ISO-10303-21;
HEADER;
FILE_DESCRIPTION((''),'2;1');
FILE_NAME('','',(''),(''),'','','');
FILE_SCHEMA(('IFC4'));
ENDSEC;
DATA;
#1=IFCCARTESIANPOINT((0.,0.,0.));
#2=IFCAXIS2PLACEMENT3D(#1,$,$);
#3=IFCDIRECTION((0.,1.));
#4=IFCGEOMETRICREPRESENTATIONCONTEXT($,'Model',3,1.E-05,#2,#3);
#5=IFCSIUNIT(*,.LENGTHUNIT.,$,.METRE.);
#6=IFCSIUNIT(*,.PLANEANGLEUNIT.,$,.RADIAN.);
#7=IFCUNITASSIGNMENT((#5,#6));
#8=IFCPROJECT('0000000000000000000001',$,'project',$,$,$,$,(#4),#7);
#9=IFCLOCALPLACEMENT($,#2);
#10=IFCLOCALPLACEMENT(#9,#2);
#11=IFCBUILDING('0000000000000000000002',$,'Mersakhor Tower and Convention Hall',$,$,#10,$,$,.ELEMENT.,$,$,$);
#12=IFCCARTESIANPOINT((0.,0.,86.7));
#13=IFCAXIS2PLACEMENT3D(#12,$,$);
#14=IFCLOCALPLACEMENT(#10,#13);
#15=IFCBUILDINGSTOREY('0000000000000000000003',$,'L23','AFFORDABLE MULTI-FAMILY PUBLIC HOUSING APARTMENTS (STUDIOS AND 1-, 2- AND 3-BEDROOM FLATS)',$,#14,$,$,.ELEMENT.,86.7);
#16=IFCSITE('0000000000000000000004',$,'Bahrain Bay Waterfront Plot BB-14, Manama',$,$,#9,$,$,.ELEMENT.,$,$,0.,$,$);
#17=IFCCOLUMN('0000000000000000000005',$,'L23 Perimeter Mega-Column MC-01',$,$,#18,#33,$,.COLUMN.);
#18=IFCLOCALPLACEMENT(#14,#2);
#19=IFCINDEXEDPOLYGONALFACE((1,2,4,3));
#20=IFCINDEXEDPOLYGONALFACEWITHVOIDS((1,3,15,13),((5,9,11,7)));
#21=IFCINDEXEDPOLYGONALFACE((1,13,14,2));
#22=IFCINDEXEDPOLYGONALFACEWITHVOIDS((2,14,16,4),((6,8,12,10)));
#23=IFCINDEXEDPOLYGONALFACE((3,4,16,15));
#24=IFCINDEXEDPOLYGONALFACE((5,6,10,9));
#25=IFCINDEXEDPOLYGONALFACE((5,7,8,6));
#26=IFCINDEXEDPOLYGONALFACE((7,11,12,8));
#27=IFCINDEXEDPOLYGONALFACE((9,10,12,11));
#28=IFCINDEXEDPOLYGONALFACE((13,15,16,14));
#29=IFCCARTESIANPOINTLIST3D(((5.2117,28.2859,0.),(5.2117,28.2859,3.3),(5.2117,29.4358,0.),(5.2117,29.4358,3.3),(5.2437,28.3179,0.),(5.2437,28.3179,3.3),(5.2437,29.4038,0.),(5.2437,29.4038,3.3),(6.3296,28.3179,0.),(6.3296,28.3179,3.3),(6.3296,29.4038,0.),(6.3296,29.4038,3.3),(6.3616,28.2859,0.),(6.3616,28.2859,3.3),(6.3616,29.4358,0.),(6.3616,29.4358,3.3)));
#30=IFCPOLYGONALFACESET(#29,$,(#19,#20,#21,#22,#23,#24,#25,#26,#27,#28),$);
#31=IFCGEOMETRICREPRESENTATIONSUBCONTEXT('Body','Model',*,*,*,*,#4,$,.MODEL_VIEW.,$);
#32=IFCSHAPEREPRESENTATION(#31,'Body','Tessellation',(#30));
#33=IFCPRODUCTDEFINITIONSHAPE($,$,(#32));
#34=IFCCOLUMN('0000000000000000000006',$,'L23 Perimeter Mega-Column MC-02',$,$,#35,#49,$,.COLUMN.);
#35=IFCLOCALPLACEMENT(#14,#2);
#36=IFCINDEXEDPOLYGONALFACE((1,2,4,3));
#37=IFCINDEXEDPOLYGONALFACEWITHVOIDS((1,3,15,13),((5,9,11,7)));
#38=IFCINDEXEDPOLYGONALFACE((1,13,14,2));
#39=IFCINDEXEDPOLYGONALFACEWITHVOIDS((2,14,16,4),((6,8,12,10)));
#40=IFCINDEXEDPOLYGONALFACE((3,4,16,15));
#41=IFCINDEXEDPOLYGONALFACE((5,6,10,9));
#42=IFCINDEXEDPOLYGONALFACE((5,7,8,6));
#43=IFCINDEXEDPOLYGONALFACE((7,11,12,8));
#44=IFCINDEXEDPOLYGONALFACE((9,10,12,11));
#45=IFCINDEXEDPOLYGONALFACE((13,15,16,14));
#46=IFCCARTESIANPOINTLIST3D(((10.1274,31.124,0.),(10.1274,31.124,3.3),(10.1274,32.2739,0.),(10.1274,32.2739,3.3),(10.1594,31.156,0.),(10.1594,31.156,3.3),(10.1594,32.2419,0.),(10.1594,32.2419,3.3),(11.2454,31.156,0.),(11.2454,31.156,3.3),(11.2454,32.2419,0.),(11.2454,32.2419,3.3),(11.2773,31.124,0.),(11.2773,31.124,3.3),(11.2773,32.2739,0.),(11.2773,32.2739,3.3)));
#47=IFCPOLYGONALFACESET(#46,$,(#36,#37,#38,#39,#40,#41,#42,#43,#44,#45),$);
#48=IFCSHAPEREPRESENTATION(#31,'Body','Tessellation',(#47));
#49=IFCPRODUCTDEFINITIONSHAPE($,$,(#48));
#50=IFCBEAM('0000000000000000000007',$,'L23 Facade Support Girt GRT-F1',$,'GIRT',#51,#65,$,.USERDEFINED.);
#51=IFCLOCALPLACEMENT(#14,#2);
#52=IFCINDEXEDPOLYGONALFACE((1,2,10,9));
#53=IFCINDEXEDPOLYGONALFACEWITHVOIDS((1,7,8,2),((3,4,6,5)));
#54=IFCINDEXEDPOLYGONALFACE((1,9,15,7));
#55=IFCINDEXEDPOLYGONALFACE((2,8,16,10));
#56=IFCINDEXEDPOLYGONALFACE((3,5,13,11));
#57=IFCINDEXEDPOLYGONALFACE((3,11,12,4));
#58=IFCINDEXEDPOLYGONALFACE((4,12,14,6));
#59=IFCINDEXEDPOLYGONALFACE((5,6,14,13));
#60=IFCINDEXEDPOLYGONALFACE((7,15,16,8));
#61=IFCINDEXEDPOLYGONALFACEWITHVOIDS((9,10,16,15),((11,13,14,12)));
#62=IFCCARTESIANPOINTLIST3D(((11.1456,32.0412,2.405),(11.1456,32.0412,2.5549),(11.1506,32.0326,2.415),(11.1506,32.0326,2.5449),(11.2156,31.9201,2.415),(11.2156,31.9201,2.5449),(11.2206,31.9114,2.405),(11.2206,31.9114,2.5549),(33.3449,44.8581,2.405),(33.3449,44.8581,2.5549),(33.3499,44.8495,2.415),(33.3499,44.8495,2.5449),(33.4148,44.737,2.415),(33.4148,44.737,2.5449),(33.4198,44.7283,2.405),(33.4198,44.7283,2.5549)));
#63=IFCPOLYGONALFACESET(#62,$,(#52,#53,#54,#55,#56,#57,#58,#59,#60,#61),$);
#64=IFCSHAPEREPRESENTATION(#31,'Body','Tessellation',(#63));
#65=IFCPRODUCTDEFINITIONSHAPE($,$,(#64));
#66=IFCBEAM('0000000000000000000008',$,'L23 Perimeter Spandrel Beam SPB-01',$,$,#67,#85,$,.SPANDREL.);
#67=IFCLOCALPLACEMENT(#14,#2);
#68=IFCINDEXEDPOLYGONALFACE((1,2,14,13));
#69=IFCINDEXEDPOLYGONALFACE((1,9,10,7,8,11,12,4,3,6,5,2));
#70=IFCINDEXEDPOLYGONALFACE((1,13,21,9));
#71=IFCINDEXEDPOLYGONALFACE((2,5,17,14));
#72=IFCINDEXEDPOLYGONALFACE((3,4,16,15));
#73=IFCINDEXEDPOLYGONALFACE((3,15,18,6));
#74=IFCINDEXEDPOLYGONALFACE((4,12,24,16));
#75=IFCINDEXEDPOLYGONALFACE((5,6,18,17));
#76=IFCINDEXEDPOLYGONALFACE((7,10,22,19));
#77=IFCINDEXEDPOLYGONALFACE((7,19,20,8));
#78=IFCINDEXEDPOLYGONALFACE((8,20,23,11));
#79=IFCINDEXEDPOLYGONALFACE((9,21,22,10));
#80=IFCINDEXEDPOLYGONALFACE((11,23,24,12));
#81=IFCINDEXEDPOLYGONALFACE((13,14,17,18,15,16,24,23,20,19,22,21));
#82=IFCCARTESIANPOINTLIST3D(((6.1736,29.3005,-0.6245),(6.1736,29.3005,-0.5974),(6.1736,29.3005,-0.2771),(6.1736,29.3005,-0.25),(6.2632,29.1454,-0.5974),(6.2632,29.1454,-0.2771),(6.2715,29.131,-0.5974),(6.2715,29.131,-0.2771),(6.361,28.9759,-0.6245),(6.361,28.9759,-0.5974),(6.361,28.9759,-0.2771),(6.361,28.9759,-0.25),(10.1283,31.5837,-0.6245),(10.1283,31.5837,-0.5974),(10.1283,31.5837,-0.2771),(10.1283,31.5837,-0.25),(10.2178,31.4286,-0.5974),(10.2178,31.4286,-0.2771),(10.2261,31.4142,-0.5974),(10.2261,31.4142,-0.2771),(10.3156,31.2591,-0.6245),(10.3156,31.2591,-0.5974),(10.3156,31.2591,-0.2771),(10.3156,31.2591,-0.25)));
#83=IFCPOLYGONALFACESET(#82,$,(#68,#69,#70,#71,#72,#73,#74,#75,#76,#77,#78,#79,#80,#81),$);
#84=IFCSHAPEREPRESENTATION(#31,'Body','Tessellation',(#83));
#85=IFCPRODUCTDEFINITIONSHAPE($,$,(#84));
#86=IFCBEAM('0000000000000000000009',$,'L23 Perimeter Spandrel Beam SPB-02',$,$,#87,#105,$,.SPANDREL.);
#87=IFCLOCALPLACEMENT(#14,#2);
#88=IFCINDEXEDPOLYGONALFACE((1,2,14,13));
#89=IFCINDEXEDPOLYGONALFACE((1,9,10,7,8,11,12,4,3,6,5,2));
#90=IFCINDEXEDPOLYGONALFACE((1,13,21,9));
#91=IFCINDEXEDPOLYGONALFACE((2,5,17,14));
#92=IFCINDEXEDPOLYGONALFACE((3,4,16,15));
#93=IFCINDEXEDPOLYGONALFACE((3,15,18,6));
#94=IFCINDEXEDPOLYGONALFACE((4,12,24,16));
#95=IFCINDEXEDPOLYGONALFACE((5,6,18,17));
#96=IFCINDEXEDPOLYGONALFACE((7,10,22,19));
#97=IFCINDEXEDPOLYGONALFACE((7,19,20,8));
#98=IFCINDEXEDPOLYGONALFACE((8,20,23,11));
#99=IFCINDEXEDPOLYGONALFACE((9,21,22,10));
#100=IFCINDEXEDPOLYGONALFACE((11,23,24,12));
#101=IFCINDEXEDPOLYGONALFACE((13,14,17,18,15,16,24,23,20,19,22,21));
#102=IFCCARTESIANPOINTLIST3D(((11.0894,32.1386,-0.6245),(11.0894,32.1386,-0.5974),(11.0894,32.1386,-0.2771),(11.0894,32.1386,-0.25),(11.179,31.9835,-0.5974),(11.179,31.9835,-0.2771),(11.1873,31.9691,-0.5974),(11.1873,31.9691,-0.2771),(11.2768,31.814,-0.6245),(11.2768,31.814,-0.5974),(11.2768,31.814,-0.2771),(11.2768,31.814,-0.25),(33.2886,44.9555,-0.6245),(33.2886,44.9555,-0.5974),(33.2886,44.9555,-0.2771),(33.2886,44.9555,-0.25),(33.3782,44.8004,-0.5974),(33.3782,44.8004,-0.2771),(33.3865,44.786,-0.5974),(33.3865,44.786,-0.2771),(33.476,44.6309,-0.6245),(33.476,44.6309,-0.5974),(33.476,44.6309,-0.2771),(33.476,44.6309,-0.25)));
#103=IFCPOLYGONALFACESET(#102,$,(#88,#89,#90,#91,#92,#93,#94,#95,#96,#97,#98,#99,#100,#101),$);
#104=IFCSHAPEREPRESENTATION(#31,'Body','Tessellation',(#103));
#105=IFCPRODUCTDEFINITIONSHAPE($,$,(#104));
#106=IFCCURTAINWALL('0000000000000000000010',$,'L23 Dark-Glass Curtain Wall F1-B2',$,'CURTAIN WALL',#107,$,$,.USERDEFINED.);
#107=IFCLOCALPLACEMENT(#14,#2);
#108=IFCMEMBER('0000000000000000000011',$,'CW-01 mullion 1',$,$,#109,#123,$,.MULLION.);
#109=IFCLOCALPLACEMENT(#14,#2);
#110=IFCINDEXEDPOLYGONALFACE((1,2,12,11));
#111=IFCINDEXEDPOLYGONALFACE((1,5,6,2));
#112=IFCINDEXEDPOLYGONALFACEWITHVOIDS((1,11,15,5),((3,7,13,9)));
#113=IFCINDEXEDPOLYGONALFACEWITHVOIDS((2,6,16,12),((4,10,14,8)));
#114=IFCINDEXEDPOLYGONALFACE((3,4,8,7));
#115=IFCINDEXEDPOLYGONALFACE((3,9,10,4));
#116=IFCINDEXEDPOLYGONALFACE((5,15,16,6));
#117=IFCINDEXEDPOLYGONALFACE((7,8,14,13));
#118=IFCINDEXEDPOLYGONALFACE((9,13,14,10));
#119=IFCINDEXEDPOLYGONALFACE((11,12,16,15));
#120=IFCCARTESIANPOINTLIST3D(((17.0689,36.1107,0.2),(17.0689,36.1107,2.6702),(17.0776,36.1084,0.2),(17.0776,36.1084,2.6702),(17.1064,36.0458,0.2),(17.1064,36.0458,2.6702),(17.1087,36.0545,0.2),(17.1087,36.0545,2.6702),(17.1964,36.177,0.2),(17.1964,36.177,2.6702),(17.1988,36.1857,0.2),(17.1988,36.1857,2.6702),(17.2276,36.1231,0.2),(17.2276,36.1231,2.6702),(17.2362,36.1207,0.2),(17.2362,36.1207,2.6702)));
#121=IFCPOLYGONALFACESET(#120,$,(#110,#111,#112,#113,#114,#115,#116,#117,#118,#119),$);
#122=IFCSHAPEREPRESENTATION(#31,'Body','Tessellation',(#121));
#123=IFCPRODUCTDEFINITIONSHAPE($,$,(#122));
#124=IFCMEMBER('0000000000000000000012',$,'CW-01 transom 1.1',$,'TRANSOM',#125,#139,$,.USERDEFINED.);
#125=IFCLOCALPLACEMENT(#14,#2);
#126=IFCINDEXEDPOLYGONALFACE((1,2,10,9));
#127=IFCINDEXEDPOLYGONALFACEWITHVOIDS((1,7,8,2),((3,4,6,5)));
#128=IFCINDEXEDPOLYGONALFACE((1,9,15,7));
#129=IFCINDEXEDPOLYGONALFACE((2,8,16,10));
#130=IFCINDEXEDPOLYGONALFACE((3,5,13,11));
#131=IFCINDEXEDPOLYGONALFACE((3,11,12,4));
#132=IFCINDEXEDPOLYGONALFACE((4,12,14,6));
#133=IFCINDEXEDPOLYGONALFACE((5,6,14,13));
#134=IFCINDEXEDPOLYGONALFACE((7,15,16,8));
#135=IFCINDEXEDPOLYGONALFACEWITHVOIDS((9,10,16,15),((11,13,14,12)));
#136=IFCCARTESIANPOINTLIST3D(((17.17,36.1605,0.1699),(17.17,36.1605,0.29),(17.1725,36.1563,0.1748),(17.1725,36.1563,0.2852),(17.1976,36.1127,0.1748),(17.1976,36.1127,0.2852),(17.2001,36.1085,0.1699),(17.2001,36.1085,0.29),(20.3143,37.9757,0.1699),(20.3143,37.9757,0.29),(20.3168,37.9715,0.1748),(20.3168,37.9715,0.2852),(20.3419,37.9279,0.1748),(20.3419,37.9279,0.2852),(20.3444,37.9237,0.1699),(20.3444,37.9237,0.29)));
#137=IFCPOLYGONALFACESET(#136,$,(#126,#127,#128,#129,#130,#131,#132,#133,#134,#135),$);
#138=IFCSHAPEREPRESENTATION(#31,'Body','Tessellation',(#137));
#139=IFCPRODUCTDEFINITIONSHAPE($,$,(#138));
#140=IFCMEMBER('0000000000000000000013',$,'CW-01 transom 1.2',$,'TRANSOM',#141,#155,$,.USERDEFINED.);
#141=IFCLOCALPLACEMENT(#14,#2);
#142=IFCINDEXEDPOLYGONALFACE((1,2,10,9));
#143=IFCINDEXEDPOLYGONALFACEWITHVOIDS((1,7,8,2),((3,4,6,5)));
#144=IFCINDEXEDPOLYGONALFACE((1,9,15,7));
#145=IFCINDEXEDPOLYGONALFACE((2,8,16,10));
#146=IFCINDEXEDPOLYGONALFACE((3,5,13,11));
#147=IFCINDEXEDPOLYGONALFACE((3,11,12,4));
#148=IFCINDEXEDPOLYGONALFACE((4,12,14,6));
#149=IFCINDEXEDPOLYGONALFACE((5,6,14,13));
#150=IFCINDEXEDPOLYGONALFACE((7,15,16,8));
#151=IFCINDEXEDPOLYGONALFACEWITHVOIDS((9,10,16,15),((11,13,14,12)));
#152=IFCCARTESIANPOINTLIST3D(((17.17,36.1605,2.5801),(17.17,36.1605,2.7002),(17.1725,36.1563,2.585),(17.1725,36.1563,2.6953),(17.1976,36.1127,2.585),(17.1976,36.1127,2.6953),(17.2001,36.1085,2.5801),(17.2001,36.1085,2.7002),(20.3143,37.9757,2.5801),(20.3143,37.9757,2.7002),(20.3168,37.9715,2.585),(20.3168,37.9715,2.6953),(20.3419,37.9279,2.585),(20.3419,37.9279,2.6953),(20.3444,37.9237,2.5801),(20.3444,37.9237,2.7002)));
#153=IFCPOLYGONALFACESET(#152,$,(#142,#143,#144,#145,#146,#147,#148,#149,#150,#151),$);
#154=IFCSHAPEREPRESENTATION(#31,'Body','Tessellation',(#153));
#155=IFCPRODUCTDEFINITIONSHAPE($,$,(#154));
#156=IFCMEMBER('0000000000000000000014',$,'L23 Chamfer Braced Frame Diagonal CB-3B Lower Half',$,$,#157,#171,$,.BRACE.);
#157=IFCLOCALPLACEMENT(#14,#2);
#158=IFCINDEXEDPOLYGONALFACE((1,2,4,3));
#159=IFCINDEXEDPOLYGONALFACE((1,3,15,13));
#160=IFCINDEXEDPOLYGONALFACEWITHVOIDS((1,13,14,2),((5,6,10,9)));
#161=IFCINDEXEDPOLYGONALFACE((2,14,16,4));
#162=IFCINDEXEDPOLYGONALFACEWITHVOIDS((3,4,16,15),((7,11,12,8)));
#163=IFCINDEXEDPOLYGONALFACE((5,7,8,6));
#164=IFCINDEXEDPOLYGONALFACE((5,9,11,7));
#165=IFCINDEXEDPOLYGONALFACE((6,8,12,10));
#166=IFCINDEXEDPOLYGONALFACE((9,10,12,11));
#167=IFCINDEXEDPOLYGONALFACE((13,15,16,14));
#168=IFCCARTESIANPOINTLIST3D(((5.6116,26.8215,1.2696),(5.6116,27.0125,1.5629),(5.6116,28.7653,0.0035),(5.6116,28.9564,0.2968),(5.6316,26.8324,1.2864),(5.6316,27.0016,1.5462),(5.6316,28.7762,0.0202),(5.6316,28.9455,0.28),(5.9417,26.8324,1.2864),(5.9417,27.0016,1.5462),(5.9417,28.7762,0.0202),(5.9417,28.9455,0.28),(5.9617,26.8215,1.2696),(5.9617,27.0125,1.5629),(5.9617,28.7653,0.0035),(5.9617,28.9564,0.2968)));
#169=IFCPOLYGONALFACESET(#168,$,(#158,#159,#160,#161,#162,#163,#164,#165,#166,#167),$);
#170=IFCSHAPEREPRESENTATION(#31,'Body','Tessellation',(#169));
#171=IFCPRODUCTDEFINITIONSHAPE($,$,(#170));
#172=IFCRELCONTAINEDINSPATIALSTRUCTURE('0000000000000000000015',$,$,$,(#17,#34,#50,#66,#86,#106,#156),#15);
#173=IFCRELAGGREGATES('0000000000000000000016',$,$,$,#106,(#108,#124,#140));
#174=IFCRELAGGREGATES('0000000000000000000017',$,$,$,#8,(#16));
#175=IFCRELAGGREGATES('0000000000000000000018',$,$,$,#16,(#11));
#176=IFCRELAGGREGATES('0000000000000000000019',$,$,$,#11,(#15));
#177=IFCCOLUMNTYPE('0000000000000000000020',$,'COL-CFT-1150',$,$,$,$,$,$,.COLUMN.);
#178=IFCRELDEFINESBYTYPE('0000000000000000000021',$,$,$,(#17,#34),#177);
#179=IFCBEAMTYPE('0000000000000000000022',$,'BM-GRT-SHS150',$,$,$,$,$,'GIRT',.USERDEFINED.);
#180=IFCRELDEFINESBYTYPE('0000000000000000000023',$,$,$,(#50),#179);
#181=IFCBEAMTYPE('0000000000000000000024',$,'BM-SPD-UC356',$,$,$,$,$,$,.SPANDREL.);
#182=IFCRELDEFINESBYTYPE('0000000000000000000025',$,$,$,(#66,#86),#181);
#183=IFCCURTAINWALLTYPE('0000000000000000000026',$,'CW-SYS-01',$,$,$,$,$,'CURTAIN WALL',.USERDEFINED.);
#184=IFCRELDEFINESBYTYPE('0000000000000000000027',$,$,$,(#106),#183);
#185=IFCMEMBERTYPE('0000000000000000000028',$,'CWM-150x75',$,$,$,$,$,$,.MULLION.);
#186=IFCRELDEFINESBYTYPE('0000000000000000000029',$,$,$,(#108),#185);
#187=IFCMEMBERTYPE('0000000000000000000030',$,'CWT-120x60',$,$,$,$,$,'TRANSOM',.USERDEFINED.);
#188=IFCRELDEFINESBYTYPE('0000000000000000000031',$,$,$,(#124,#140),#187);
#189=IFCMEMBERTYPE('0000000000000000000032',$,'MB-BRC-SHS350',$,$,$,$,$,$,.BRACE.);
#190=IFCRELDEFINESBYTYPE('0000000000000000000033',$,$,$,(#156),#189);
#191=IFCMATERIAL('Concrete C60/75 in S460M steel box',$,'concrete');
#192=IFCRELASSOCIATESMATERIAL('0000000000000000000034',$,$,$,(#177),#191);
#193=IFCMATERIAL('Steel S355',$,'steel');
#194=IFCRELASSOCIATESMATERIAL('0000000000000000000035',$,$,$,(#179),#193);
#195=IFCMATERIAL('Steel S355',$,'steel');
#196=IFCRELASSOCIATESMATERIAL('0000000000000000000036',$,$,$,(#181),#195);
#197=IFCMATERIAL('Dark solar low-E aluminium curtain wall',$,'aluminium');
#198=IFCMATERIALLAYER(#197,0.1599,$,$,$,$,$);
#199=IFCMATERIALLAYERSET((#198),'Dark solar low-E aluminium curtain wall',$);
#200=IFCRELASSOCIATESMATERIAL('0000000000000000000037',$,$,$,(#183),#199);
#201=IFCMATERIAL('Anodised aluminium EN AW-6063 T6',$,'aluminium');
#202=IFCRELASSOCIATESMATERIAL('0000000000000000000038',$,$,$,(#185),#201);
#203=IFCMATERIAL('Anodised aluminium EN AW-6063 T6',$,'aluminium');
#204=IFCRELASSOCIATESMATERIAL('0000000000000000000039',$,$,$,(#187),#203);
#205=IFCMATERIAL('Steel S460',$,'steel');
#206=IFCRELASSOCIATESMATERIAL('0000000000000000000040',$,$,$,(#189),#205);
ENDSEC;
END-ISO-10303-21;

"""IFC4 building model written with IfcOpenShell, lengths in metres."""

from ifc_helpers import new_model, si_unit, direction, frame, origin, origin_2d, place, context, subcontext, project, spatial, hollow_rectangle, i_section, extrude, material, layer, layer_set, material_profile, profile_set, type_object, element, aggregate, save


model = new_model("IFC4")

# Units and contexts
model_context = context("Model", 3, precision=1e-05, world=origin(), true_north=direction((0.0, 1.0)))
body_context = subcontext(model_context, "Body", "Model", "MODEL_VIEW")
ifc_project = project(units=[si_unit("LENGTHUNIT", "METRE"), si_unit("PLANEANGLEUNIT", "RADIAN")], contexts=[model_context])

# Site, building, storey
site_placement = place(None, origin())
site = spatial("IfcSite", under=ifc_project, at=site_placement, Name="Bahrain Bay Waterfront Plot BB-14, Manama", CompositionType="ELEMENT", RefElevation=0.0)
building_placement = place(site_placement, origin())
building = spatial("IfcBuilding", under=site, at=building_placement, Name="Mersakhor Tower and Convention Hall", CompositionType="ELEMENT")
storey_placement = place(building_placement, frame((0.0, 0.0, 86.7)))
storey = spatial("IfcBuildingStorey", under=building, at=storey_placement, Name="L23", Description="AFFORDABLE MULTI-FAMILY PUBLIC HOUSING APARTMENTS (STUDIOS AND 1-, 2- AND 3-BEDROOM FLATS)", CompositionType="ELEMENT", Elevation=86.7)

# Columns
ifc_material_1 = material(Name="Concrete C60/75 in S460M steel box", Category="concrete")
ifc_material_profile_1 = material_profile(ifc_material_1, hollow_rectangle(XDim=1.1499, YDim=1.1499, WallThickness=0.032, at=origin_2d()), Name="SHS 1150x1150x32")
ifc_profile_set_1 = profile_set([ifc_material_profile_1], Name="Concrete C60/75 in S460M steel box")
column_type = type_object("IfcColumnType", Name="COL-CFT-1150", PredefinedType="COLUMN", material=ifc_profile_set_1)
for number, where, z_axis, x_axis, name in (
    (1, (5.7866, 28.8608, 0.0), (0.0, 0.0, 1.0), (1.0, 0.0, 0.0), "L23 Perimeter Mega-Column MC-01"),
    (2, (10.7024, 31.699, 0.0), (0.0, 0.0, 1.0), (1.0, 0.0, 0.0), "L23 Perimeter Mega-Column MC-02"),
):
    element("IfcColumn", number, at=place(storey_placement, frame(where, z_axis=z_axis, x_axis=x_axis)), inside=storey, type_object=column_type, Name=name, PredefinedType="COLUMN", context=body_context, shape_type="SweptSolid", body=[
        extrude(hollow_rectangle(XDim=1.1499, YDim=1.1499, WallThickness=0.032, at=origin_2d()), origin(), (0.0, 0.0, 1.0), 3.3),
    ])

# Beams
ifc_material_2 = material(Name="Steel S355", Category="steel")
ifc_material_profile_2 = material_profile(ifc_material_2, hollow_rectangle(XDim=0.1499, YDim=0.1499, WallThickness=0.01, at=origin_2d()), Name="SHS 150x150x10")
ifc_profile_set_2 = profile_set([ifc_material_profile_2], Name="Steel S355")
beam_type_1 = type_object("IfcBeamType", Name="BM-GRT-SHS150", ElementType="GIRT", PredefinedType="USERDEFINED", material=ifc_profile_set_2)
beam_1_placement = place(storey_placement, frame((11.1831, 31.9763, 2.48), z_axis=(0.866023, 0.500005, 0.0), x_axis=(-0.500005, 0.866023, 0.0)))
element("IfcBeam", 3, at=beam_1_placement, inside=storey, type_object=beam_type_1, Name="L23 Facade Support Girt GRT-F1", ObjectType="GIRT", PredefinedType="USERDEFINED", context=body_context, shape_type="SweptSolid", body=[
    extrude(hollow_rectangle(XDim=0.1499, YDim=0.1499, WallThickness=0.01, at=origin_2d()), origin(), (0.0, 0.0, 1.0), 25.6335),
])
ifc_material_3 = material(Name="Steel S355", Category="steel")
ifc_material_profile_3 = material_profile(ifc_material_3, i_section(OverallWidth=0.3748, OverallDepth=0.3745, WebThickness=0.0166, FlangeThickness=0.0271, at=origin_2d()), Name="UC 356x368x202")
ifc_profile_set_3 = profile_set([ifc_material_profile_3], Name="Steel S355")
beam_type_2 = type_object("IfcBeamType", Name="BM-SPD-UC356", PredefinedType="SPANDREL", material=ifc_profile_set_3)
beam_2_placement = place(storey_placement, frame((6.2673, 29.1382, -0.4373), z_axis=(0.866024, 0.500003, 0.0), x_axis=(-0.500003, 0.866024, 0.0)))
element("IfcBeam", 4, at=beam_2_placement, inside=storey, type_object=beam_type_2, Name="L23 Perimeter Spandrel Beam SPB-01", PredefinedType="SPANDREL", context=body_context, shape_type="SweptSolid", body=[
    extrude(i_section(OverallWidth=0.3748, OverallDepth=0.3745, WebThickness=0.0166, FlangeThickness=0.0271, at=origin_2d()), origin(), (0.0, 0.0, 1.0), 4.5664),
])
beam_3_placement = place(storey_placement, frame((11.1831, 31.9763, -0.4373), z_axis=(0.866023, 0.500005, 0.0), x_axis=(-0.500005, 0.866023, 0.0)))
element("IfcBeam", 5, at=beam_3_placement, inside=storey, type_object=beam_type_2, Name="L23 Perimeter Spandrel Beam SPB-02", PredefinedType="SPANDREL", context=body_context, shape_type="SweptSolid", body=[
    extrude(i_section(OverallWidth=0.3748, OverallDepth=0.3745, WebThickness=0.0166, FlangeThickness=0.0271, at=origin_2d()), origin(), (0.0, 0.0, 1.0), 25.6335),
])

# Curtain wall, members
ifc_material_4 = material(Name="Dark solar low-E aluminium curtain wall", Category="aluminium")
ifc_layer_1 = layer(ifc_material_4, 0.1599)
ifc_layer_set_1 = layer_set([ifc_layer_1], Name="Dark solar low-E aluminium curtain wall")
curtain_wall_type = type_object("IfcCurtainWallType", Name="CW-SYS-01", ElementType="CURTAIN WALL", PredefinedType="USERDEFINED", material=ifc_layer_set_1)
curtain_wall_placement = place(storey_placement, origin())
curtain_wall = element("IfcCurtainWall", 6, at=curtain_wall_placement, inside=storey, type_object=curtain_wall_type, Name="L23 Dark-Glass Curtain Wall F1-B2", ObjectType="CURTAIN WALL", PredefinedType="USERDEFINED")
ifc_material_5 = material(Name="Anodised aluminium EN AW-6063 T6", Category="aluminium")
ifc_material_profile_4 = material_profile(ifc_material_5, hollow_rectangle(XDim=0.075, YDim=0.1499, WallThickness=0.0063, at=origin_2d()), Name="RHS 150x75x6.3")
ifc_profile_set_4 = profile_set([ifc_material_profile_4], Name="Anodised aluminium EN AW-6063 T6")
member_type_1 = type_object("IfcMemberType", Name="CWM-150x75", PredefinedType="MULLION", material=ifc_profile_set_4)
member_1_placement = place(storey_placement, frame((17.1526, 36.1157, 0.2), z_axis=(0.0, 0.0, 1.0), x_axis=(-0.499998, 0.866027, 0.0)))
member_1 = element("IfcMember", 7, at=member_1_placement, type_object=member_type_1, Name="CW-01 mullion 1", PredefinedType="MULLION", context=body_context, shape_type="SweptSolid", body=[
    extrude(hollow_rectangle(XDim=0.075, YDim=0.1499, WallThickness=0.0063, at=origin_2d()), origin(), (0.0, 0.0, 1.0), 2.4702),
])
ifc_material_6 = material(Name="Anodised aluminium EN AW-6063 T6", Category="aluminium")
ifc_material_profile_5 = material_profile(ifc_material_6, hollow_rectangle(XDim=0.0601, YDim=0.1201, WallThickness=0.0049, at=origin_2d()), Name="RHS 120x60x5")
ifc_profile_set_5 = profile_set([ifc_material_profile_5], Name="Anodised aluminium EN AW-6063 T6")
member_type_2 = type_object("IfcMemberType", Name="CWT-120x60", ElementType="TRANSOM", PredefinedType="USERDEFINED", material=ifc_profile_set_5)
member_2_placement = place(storey_placement, frame((17.1851, 36.1345, 0.23), z_axis=(0.866046, 0.499965, 0.0), x_axis=(-0.499965, 0.866046, 0.0)))
member_2 = element("IfcMember", 8, at=member_2_placement, type_object=member_type_2, Name="CW-01 transom 1.1", ObjectType="TRANSOM", PredefinedType="USERDEFINED", context=body_context, shape_type="SweptSolid", body=[
    extrude(hollow_rectangle(XDim=0.0601, YDim=0.1201, WallThickness=0.0049, at=origin_2d()), origin(), (0.0, 0.0, 1.0), 3.6306),
])
member_3_placement = place(storey_placement, frame((17.1851, 36.1345, 2.6401), z_axis=(0.866046, 0.499965, 0.0), x_axis=(-0.499965, 0.866046, 0.0)))
member_3 = element("IfcMember", 9, at=member_3_placement, type_object=member_type_2, Name="CW-01 transom 1.2", ObjectType="TRANSOM", PredefinedType="USERDEFINED", context=body_context, shape_type="SweptSolid", body=[
    extrude(hollow_rectangle(XDim=0.0601, YDim=0.1201, WallThickness=0.0049, at=origin_2d()), origin(), (0.0, 0.0, 1.0), 3.6306),
])
aggregate(curtain_wall, [member_1, member_2, member_3])

# Member
ifc_material_7 = material(Name="Steel S460", Category="steel")
ifc_material_profile_6 = material_profile(ifc_material_7, hollow_rectangle(XDim=0.3501, YDim=0.3501, WallThickness=0.02, at=origin_2d()), Name="SHS 350x350x20")
ifc_profile_set_6 = profile_set([ifc_material_profile_6], Name="Steel S460")
member_type_3 = type_object("IfcMemberType", Name="MB-BRC-SHS350", PredefinedType="BRACE", material=ifc_profile_set_6)
member_4_placement = place(storey_placement, frame((5.7866, 28.8608, 0.1501), z_axis=(0.0, -0.837929, 0.54578), x_axis=(1.0, 0.0, 0.0)))
element("IfcMember", 10, at=member_4_placement, inside=storey, type_object=member_type_3, Name="L23 Chamfer Braced Frame Diagonal CB-3B Lower Half", PredefinedType="BRACE", context=body_context, shape_type="SweptSolid", body=[
    extrude(hollow_rectangle(XDim=0.3501, YDim=0.3501, WallThickness=0.02, at=origin_2d()), origin(), (0.0, 0.0, 1.0), 2.3198),
])

save(model, "model.ifc")
